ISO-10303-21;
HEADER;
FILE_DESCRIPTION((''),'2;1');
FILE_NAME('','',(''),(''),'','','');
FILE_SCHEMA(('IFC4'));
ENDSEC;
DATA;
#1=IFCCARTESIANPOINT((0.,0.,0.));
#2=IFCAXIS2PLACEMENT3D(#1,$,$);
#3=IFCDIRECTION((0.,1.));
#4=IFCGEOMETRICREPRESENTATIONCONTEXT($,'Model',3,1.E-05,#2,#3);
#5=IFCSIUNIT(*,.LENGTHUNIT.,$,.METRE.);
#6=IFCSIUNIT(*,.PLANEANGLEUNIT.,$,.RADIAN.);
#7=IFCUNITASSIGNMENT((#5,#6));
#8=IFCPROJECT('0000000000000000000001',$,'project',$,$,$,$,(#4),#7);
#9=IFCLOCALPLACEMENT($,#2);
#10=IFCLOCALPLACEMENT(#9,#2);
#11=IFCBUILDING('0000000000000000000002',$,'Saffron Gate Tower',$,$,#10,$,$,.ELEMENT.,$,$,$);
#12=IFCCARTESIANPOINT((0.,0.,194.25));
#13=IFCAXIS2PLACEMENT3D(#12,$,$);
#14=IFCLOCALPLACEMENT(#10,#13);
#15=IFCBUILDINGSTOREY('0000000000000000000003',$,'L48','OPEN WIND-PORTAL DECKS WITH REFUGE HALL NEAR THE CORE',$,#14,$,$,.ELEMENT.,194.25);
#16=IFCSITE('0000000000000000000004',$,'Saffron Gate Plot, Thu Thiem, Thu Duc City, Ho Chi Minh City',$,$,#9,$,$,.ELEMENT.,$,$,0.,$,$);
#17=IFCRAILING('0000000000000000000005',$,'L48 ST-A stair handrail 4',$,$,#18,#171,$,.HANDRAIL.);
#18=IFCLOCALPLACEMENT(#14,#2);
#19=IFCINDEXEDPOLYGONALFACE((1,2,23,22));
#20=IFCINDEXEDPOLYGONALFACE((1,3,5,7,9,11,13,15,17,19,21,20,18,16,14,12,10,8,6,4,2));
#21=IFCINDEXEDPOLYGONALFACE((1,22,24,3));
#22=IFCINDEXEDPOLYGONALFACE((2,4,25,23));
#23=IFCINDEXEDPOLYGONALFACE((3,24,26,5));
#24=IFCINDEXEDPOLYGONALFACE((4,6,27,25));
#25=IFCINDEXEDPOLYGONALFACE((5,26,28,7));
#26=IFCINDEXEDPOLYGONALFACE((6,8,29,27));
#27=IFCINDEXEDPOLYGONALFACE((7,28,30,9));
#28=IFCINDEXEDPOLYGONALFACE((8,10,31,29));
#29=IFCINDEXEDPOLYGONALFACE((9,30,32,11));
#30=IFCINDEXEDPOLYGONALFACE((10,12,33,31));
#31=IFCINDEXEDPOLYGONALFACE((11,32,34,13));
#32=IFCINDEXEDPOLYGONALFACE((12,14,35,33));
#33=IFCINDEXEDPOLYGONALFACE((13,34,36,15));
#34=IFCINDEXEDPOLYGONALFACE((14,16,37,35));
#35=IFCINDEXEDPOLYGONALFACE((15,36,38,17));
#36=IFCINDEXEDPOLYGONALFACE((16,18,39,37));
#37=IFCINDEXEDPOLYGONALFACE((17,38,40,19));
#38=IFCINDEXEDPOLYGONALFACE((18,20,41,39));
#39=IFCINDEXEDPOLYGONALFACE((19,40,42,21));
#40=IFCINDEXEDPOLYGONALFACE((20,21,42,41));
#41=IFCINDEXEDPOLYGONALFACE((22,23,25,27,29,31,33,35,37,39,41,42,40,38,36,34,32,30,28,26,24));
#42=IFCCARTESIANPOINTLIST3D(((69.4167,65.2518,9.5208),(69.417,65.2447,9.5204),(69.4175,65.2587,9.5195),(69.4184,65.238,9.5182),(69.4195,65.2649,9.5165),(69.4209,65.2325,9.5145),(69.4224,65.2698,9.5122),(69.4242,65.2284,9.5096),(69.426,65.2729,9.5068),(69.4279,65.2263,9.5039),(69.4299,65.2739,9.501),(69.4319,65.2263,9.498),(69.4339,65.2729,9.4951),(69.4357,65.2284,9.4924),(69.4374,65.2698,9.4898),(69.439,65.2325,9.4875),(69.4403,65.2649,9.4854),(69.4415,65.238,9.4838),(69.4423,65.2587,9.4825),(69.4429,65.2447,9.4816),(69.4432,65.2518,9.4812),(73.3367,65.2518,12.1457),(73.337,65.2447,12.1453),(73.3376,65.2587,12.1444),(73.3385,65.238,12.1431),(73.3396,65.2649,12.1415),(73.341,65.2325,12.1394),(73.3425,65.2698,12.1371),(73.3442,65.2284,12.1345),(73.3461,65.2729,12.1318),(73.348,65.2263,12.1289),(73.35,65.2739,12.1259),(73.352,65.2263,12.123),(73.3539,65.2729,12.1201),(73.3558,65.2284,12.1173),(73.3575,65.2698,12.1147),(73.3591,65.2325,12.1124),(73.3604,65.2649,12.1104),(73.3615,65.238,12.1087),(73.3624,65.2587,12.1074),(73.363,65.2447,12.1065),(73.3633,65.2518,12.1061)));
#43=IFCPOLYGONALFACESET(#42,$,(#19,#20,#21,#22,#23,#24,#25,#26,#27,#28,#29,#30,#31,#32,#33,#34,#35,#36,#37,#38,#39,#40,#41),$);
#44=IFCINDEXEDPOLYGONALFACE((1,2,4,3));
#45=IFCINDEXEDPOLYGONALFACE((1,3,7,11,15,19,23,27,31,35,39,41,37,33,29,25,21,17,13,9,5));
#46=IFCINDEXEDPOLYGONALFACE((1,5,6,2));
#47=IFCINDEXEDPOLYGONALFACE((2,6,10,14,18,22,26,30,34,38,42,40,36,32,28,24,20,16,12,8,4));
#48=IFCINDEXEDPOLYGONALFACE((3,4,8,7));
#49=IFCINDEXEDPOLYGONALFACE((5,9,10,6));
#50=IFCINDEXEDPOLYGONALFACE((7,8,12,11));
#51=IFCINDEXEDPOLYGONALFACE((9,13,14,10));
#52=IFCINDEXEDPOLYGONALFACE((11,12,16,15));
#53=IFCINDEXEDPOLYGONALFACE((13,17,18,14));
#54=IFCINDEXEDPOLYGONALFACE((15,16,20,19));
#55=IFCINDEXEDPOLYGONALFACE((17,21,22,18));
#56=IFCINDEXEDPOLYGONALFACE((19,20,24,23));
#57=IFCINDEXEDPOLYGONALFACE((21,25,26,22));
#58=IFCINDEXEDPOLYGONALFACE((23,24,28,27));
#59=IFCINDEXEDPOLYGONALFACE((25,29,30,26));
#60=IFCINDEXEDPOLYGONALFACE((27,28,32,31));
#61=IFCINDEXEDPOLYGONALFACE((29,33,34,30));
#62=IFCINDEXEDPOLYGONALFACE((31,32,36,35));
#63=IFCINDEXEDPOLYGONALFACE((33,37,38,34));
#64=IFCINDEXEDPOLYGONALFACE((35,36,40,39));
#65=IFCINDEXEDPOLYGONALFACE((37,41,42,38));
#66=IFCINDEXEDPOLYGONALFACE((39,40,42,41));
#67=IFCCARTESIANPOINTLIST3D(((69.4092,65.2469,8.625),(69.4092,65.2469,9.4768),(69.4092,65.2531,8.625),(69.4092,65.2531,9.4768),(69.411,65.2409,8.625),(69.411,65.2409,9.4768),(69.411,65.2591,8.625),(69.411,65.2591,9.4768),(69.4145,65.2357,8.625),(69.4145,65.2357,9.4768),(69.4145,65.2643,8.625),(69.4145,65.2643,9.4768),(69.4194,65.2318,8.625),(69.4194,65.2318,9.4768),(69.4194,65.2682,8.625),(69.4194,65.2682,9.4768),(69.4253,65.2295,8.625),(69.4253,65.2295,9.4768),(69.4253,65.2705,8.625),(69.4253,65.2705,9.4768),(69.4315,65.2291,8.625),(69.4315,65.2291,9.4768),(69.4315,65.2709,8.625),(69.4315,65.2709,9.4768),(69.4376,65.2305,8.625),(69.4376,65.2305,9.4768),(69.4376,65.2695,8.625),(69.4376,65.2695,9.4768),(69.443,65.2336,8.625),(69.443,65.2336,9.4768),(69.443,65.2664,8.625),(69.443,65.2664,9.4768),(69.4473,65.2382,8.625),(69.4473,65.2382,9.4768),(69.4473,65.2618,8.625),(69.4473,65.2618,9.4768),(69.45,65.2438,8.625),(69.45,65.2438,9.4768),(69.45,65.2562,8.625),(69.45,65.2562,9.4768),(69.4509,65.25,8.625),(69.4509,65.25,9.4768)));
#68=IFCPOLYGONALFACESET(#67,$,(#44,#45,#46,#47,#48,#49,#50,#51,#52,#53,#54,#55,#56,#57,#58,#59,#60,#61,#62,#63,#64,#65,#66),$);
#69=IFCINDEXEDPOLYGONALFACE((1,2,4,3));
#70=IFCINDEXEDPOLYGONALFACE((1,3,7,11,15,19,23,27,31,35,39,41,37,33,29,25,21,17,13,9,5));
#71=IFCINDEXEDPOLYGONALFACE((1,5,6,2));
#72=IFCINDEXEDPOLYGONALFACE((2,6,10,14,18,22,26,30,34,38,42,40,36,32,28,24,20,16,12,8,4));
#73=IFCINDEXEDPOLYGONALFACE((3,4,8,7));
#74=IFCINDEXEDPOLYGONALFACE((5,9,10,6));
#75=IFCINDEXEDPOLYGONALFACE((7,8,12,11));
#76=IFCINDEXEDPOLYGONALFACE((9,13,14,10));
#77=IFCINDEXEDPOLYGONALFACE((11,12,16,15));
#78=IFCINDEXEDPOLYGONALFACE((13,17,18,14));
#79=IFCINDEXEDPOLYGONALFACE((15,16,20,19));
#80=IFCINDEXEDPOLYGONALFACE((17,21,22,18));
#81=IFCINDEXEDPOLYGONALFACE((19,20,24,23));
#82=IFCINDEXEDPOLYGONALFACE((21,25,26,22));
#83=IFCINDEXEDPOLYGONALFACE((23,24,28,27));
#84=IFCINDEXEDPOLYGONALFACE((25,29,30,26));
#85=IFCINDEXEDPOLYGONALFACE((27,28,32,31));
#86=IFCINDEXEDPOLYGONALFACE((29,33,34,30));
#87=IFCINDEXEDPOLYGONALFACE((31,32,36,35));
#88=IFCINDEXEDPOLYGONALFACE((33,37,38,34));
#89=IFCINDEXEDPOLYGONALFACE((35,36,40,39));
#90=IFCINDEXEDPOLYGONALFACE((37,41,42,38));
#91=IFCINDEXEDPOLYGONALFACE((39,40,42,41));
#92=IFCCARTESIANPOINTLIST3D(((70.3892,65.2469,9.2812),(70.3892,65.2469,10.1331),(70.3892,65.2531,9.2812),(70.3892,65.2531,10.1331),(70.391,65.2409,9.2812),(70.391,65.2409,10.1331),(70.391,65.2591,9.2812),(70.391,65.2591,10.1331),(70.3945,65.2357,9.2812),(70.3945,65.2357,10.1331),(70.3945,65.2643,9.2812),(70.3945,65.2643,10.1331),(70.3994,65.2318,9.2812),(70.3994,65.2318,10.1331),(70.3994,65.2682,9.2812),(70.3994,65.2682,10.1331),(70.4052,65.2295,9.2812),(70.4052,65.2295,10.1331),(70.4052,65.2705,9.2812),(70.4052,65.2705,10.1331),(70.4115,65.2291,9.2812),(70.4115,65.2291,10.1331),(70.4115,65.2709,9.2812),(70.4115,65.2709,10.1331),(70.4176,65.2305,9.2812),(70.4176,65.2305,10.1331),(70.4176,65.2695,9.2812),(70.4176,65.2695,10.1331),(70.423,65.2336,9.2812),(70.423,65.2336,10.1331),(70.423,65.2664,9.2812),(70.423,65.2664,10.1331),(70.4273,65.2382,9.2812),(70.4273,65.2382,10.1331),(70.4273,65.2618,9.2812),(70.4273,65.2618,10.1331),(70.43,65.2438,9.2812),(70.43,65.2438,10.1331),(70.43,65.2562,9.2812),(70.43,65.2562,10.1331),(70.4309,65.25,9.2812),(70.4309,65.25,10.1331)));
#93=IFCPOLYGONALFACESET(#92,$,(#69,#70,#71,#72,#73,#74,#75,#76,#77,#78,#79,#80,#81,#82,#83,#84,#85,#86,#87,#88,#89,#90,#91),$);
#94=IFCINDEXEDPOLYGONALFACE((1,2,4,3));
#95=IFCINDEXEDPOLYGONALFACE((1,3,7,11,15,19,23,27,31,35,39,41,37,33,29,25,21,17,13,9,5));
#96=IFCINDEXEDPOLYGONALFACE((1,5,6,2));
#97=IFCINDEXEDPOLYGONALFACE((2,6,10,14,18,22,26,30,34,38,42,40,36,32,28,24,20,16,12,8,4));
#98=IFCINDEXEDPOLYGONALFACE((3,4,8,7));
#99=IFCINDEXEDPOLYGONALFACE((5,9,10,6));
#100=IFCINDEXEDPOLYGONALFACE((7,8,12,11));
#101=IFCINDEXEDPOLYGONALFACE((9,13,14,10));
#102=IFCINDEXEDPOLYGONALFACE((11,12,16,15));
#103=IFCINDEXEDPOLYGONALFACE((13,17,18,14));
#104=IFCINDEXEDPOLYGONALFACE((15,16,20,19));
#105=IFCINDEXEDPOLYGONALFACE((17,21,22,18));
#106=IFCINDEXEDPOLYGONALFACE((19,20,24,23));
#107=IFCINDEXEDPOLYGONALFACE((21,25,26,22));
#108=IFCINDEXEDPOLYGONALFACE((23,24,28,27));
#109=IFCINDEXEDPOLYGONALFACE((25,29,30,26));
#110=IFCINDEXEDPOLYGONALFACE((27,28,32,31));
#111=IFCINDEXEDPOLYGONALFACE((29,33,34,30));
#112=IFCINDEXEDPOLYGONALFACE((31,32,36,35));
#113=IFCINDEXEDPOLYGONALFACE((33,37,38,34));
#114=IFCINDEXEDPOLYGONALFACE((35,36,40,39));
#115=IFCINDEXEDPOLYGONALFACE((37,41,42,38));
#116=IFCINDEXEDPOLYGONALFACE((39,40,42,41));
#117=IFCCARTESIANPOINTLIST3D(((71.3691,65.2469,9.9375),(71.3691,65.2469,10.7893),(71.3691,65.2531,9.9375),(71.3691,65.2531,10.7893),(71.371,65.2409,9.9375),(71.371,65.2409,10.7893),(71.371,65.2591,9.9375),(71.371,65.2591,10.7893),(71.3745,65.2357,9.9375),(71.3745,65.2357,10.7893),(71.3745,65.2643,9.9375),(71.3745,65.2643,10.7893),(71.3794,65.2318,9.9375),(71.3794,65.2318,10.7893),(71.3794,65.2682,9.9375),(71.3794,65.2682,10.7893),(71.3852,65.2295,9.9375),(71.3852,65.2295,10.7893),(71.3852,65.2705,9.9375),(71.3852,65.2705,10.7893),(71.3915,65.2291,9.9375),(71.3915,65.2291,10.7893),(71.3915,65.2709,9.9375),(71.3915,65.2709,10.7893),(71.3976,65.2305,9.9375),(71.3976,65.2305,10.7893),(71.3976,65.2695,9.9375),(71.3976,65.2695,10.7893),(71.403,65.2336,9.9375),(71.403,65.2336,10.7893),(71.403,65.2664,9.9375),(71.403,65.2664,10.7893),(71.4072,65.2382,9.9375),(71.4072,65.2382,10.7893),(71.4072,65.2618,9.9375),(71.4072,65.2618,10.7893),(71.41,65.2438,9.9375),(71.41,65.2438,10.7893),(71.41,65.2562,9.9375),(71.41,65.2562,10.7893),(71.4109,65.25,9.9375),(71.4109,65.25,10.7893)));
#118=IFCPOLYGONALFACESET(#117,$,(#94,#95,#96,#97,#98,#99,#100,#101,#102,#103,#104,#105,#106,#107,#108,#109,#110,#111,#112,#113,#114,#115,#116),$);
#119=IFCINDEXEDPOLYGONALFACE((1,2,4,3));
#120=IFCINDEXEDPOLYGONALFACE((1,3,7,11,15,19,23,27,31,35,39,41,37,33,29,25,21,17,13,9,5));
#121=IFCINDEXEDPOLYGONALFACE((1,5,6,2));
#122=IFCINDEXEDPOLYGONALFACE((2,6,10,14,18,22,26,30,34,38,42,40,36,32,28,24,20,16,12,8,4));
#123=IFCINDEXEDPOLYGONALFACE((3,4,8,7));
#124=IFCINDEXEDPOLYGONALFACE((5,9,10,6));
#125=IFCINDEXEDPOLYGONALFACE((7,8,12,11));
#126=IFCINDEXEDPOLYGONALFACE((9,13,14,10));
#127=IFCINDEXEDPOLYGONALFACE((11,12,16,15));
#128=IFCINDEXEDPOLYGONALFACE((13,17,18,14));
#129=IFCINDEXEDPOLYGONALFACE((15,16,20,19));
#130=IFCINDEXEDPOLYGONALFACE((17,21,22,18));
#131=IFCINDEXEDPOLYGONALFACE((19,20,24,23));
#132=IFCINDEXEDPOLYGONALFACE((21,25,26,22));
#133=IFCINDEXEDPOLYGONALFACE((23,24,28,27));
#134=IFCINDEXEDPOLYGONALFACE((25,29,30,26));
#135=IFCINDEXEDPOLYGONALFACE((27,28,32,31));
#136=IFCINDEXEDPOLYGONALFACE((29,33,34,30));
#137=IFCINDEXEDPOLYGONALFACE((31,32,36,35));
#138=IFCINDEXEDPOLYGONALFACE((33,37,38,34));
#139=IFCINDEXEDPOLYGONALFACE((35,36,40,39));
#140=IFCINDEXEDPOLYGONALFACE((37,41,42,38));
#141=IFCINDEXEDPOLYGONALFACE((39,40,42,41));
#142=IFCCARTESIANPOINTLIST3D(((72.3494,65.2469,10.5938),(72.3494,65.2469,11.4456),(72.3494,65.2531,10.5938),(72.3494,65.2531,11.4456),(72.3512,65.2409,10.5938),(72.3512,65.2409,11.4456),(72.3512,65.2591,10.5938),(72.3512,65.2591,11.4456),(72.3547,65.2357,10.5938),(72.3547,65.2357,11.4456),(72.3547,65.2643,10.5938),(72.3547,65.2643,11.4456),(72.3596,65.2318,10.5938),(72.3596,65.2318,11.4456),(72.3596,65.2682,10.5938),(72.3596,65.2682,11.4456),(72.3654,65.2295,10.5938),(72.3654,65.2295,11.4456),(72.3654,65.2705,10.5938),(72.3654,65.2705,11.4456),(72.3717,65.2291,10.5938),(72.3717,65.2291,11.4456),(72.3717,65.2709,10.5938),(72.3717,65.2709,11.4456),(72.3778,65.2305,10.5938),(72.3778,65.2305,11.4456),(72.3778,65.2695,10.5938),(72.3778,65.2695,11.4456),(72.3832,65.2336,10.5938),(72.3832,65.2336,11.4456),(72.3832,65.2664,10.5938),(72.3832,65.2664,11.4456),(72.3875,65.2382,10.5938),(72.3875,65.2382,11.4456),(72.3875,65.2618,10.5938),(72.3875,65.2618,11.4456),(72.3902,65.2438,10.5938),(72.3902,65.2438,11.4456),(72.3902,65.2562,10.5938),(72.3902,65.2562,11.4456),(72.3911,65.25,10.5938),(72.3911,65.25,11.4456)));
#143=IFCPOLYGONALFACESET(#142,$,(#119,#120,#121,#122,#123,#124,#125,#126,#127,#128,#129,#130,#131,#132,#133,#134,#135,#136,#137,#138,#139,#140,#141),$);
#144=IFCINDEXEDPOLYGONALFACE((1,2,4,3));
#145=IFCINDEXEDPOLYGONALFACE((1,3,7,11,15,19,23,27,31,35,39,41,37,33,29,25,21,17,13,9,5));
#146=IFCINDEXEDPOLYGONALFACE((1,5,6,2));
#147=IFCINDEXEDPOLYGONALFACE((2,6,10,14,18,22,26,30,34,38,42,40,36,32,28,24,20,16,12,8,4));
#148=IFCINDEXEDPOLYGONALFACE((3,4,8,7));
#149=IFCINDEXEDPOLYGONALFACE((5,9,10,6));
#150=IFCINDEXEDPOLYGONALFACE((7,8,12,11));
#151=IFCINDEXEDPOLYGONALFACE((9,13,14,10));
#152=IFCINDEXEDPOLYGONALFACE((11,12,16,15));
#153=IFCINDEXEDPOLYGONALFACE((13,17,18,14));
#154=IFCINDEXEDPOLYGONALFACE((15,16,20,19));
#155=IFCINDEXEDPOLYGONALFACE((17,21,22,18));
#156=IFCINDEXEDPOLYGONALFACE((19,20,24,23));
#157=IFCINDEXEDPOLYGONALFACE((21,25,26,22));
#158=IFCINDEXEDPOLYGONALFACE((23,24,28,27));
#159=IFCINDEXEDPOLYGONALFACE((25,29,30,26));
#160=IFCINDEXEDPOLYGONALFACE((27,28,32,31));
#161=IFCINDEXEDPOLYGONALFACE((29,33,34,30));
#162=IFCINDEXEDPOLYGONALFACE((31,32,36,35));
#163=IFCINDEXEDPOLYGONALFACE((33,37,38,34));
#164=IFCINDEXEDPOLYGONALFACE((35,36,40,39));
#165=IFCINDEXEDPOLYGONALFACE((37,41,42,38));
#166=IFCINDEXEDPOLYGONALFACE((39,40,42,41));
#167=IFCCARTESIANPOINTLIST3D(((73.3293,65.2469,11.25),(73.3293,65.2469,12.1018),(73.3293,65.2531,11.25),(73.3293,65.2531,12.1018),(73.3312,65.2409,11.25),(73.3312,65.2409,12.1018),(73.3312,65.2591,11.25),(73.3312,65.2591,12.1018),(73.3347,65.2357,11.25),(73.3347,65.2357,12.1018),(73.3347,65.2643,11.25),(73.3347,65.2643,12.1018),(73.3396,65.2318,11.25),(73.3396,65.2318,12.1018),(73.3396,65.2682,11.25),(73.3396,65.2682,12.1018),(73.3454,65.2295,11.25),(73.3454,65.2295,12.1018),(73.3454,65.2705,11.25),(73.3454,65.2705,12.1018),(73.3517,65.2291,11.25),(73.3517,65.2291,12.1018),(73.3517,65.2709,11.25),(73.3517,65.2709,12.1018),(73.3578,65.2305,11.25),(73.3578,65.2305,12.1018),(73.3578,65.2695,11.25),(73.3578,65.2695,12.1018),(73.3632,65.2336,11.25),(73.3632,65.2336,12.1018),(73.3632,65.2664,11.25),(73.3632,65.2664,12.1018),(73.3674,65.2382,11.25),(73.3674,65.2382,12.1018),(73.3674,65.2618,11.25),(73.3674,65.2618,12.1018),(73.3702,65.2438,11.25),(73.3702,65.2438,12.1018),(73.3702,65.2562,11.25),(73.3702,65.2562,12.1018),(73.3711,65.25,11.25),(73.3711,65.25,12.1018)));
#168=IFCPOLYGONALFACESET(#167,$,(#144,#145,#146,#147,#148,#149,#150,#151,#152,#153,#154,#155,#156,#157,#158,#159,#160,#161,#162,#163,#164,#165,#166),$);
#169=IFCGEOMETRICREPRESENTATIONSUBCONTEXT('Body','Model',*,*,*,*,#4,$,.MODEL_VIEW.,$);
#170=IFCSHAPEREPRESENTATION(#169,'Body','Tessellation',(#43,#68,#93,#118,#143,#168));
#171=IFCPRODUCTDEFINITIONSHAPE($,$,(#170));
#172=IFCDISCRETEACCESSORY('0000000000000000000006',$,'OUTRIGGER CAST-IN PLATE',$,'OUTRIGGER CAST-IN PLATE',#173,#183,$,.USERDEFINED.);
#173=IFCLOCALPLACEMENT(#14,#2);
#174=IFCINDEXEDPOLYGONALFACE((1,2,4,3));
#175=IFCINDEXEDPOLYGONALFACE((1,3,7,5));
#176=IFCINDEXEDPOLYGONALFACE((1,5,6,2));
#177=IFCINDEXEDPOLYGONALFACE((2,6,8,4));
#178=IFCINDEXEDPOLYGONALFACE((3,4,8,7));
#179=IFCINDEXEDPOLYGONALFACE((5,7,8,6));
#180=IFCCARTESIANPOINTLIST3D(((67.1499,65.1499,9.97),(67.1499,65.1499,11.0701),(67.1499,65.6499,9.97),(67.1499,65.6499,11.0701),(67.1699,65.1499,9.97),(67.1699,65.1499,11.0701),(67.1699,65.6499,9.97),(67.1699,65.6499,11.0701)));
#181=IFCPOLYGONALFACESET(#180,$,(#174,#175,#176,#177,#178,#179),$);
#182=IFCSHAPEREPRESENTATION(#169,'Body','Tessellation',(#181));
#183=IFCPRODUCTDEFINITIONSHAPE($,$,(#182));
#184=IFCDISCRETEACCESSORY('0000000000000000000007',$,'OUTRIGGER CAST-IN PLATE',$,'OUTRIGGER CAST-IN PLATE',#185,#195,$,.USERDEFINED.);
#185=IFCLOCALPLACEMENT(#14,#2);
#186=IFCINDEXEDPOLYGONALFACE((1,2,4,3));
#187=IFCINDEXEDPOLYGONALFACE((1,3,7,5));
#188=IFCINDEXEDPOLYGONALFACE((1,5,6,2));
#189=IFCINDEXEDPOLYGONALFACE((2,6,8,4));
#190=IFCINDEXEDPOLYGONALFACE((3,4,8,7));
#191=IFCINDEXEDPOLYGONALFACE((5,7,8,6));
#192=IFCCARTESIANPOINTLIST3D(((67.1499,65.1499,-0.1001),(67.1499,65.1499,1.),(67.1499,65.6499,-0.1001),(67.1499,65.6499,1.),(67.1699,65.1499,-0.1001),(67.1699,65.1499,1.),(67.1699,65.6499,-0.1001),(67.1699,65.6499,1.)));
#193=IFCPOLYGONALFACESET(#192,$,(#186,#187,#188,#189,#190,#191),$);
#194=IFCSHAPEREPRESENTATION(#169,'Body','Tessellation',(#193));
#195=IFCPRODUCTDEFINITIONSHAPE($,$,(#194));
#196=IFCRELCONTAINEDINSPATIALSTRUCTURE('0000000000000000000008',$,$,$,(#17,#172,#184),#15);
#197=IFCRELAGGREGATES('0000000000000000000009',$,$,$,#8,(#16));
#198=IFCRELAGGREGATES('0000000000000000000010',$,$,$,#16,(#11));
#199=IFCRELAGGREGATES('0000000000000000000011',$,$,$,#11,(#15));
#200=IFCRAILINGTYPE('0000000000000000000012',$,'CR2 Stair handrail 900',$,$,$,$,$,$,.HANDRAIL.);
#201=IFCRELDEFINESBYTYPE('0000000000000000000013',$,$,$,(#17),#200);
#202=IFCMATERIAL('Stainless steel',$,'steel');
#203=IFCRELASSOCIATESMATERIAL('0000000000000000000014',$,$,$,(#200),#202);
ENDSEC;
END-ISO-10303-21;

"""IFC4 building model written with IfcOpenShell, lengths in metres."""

from ifc_helpers import new_model, si_unit, direction, frame, origin, origin_2d, place, context, subcontext, project, spatial, rectangle, circle, extrude, material, type_object, element, save


model = new_model("IFC4")

# Units and contexts
model_context = context("Model", 3, precision=1e-05, world=origin(), true_north=direction((0.0, 1.0)))
body_context = subcontext(model_context, "Body", "Model", "MODEL_VIEW")
ifc_project = project(units=[si_unit("LENGTHUNIT", "METRE"), si_unit("PLANEANGLEUNIT", "RADIAN")], contexts=[model_context])

# Site, building, storey
site_placement = place(None, origin())
site = spatial("IfcSite", under=ifc_project, at=site_placement, Name="Saffron Gate Plot, Thu Thiem, Thu Duc City, Ho Chi Minh City", CompositionType="ELEMENT", RefElevation=0.0)
building_placement = place(site_placement, origin())
building = spatial("IfcBuilding", under=site, at=building_placement, Name="Saffron Gate Tower", CompositionType="ELEMENT")
storey_placement = place(building_placement, frame((0.0, 0.0, 194.25)))
storey = spatial("IfcBuildingStorey", under=building, at=storey_placement, Name="L48", Description="OPEN WIND-PORTAL DECKS WITH REFUGE HALL NEAR THE CORE", CompositionType="ELEMENT", Elevation=194.25)

# Railing
ifc_material_1 = material(Name="Stainless steel", Category="steel")
railing_type = type_object("IfcRailingType", Name="CR2 Stair handrail 900", PredefinedType="HANDRAIL", material=ifc_material_1)
for number, where, name in (
    (1, (69.4299, 65.25, 8.625), "L48 ST-A stair handrail 4"),
):
    element("IfcRailing", number, at=place(storey_placement, frame(where)), inside=storey, type_object=railing_type, Name=name, PredefinedType="HANDRAIL", context=body_context, shape_type="SweptSolid", body=[
        extrude(circle(Radius=0.0239, at=origin_2d()), frame((0.0, 0.0, 0.876), z_axis=(0.830918, 0.0, 0.556395), x_axis=(0.0, 1.0, 0.0)), (0.0, 0.0, 1.0), 4.7178),
        extrude(circle(Radius=0.021, at=origin_2d()), origin(), (0.0, 0.0, 1.0), 0.8518),
        extrude(circle(Radius=0.021, at=origin_2d()), frame((0.98, 0.0, 0.6562)), (0.0, 0.0, 1.0), 0.8518),
        extrude(circle(Radius=0.021, at=origin_2d()), frame((1.96, 0.0, 1.3125)), (0.0, 0.0, 1.0), 0.8518),
        extrude(circle(Radius=0.021, at=origin_2d()), frame((2.9402, 0.0, 1.9688)), (0.0, 0.0, 1.0), 0.8518),
        extrude(circle(Radius=0.021, at=origin_2d()), frame((3.9202, 0.0, 2.625)), (0.0, 0.0, 1.0), 0.8518),
    ])

# Discrete accessories
for number, where, z_axis, x_axis, name in (
    (2, (67.1599, 65.3999, 9.97), (0.0, 0.0, 1.0), (1.0, 0.0, 0.0), "OUTRIGGER CAST-IN PLATE"),
    (3, (67.1599, 65.3999, -0.1001), (0.0, 0.0, 1.0), (1.0, 0.0, 0.0), "OUTRIGGER CAST-IN PLATE"),
):
    element("IfcDiscreteAccessory", number, at=place(storey_placement, frame(where, z_axis=z_axis, x_axis=x_axis)), inside=storey, Name=name, ObjectType="OUTRIGGER CAST-IN PLATE", PredefinedType="USERDEFINED", context=body_context, shape_type="SweptSolid", body=[
        extrude(rectangle(XDim=0.02, YDim=0.5, at=origin_2d()), origin(), (0.0, 0.0, 1.0), 1.1001),
    ])

save(model, "model.ifc")
